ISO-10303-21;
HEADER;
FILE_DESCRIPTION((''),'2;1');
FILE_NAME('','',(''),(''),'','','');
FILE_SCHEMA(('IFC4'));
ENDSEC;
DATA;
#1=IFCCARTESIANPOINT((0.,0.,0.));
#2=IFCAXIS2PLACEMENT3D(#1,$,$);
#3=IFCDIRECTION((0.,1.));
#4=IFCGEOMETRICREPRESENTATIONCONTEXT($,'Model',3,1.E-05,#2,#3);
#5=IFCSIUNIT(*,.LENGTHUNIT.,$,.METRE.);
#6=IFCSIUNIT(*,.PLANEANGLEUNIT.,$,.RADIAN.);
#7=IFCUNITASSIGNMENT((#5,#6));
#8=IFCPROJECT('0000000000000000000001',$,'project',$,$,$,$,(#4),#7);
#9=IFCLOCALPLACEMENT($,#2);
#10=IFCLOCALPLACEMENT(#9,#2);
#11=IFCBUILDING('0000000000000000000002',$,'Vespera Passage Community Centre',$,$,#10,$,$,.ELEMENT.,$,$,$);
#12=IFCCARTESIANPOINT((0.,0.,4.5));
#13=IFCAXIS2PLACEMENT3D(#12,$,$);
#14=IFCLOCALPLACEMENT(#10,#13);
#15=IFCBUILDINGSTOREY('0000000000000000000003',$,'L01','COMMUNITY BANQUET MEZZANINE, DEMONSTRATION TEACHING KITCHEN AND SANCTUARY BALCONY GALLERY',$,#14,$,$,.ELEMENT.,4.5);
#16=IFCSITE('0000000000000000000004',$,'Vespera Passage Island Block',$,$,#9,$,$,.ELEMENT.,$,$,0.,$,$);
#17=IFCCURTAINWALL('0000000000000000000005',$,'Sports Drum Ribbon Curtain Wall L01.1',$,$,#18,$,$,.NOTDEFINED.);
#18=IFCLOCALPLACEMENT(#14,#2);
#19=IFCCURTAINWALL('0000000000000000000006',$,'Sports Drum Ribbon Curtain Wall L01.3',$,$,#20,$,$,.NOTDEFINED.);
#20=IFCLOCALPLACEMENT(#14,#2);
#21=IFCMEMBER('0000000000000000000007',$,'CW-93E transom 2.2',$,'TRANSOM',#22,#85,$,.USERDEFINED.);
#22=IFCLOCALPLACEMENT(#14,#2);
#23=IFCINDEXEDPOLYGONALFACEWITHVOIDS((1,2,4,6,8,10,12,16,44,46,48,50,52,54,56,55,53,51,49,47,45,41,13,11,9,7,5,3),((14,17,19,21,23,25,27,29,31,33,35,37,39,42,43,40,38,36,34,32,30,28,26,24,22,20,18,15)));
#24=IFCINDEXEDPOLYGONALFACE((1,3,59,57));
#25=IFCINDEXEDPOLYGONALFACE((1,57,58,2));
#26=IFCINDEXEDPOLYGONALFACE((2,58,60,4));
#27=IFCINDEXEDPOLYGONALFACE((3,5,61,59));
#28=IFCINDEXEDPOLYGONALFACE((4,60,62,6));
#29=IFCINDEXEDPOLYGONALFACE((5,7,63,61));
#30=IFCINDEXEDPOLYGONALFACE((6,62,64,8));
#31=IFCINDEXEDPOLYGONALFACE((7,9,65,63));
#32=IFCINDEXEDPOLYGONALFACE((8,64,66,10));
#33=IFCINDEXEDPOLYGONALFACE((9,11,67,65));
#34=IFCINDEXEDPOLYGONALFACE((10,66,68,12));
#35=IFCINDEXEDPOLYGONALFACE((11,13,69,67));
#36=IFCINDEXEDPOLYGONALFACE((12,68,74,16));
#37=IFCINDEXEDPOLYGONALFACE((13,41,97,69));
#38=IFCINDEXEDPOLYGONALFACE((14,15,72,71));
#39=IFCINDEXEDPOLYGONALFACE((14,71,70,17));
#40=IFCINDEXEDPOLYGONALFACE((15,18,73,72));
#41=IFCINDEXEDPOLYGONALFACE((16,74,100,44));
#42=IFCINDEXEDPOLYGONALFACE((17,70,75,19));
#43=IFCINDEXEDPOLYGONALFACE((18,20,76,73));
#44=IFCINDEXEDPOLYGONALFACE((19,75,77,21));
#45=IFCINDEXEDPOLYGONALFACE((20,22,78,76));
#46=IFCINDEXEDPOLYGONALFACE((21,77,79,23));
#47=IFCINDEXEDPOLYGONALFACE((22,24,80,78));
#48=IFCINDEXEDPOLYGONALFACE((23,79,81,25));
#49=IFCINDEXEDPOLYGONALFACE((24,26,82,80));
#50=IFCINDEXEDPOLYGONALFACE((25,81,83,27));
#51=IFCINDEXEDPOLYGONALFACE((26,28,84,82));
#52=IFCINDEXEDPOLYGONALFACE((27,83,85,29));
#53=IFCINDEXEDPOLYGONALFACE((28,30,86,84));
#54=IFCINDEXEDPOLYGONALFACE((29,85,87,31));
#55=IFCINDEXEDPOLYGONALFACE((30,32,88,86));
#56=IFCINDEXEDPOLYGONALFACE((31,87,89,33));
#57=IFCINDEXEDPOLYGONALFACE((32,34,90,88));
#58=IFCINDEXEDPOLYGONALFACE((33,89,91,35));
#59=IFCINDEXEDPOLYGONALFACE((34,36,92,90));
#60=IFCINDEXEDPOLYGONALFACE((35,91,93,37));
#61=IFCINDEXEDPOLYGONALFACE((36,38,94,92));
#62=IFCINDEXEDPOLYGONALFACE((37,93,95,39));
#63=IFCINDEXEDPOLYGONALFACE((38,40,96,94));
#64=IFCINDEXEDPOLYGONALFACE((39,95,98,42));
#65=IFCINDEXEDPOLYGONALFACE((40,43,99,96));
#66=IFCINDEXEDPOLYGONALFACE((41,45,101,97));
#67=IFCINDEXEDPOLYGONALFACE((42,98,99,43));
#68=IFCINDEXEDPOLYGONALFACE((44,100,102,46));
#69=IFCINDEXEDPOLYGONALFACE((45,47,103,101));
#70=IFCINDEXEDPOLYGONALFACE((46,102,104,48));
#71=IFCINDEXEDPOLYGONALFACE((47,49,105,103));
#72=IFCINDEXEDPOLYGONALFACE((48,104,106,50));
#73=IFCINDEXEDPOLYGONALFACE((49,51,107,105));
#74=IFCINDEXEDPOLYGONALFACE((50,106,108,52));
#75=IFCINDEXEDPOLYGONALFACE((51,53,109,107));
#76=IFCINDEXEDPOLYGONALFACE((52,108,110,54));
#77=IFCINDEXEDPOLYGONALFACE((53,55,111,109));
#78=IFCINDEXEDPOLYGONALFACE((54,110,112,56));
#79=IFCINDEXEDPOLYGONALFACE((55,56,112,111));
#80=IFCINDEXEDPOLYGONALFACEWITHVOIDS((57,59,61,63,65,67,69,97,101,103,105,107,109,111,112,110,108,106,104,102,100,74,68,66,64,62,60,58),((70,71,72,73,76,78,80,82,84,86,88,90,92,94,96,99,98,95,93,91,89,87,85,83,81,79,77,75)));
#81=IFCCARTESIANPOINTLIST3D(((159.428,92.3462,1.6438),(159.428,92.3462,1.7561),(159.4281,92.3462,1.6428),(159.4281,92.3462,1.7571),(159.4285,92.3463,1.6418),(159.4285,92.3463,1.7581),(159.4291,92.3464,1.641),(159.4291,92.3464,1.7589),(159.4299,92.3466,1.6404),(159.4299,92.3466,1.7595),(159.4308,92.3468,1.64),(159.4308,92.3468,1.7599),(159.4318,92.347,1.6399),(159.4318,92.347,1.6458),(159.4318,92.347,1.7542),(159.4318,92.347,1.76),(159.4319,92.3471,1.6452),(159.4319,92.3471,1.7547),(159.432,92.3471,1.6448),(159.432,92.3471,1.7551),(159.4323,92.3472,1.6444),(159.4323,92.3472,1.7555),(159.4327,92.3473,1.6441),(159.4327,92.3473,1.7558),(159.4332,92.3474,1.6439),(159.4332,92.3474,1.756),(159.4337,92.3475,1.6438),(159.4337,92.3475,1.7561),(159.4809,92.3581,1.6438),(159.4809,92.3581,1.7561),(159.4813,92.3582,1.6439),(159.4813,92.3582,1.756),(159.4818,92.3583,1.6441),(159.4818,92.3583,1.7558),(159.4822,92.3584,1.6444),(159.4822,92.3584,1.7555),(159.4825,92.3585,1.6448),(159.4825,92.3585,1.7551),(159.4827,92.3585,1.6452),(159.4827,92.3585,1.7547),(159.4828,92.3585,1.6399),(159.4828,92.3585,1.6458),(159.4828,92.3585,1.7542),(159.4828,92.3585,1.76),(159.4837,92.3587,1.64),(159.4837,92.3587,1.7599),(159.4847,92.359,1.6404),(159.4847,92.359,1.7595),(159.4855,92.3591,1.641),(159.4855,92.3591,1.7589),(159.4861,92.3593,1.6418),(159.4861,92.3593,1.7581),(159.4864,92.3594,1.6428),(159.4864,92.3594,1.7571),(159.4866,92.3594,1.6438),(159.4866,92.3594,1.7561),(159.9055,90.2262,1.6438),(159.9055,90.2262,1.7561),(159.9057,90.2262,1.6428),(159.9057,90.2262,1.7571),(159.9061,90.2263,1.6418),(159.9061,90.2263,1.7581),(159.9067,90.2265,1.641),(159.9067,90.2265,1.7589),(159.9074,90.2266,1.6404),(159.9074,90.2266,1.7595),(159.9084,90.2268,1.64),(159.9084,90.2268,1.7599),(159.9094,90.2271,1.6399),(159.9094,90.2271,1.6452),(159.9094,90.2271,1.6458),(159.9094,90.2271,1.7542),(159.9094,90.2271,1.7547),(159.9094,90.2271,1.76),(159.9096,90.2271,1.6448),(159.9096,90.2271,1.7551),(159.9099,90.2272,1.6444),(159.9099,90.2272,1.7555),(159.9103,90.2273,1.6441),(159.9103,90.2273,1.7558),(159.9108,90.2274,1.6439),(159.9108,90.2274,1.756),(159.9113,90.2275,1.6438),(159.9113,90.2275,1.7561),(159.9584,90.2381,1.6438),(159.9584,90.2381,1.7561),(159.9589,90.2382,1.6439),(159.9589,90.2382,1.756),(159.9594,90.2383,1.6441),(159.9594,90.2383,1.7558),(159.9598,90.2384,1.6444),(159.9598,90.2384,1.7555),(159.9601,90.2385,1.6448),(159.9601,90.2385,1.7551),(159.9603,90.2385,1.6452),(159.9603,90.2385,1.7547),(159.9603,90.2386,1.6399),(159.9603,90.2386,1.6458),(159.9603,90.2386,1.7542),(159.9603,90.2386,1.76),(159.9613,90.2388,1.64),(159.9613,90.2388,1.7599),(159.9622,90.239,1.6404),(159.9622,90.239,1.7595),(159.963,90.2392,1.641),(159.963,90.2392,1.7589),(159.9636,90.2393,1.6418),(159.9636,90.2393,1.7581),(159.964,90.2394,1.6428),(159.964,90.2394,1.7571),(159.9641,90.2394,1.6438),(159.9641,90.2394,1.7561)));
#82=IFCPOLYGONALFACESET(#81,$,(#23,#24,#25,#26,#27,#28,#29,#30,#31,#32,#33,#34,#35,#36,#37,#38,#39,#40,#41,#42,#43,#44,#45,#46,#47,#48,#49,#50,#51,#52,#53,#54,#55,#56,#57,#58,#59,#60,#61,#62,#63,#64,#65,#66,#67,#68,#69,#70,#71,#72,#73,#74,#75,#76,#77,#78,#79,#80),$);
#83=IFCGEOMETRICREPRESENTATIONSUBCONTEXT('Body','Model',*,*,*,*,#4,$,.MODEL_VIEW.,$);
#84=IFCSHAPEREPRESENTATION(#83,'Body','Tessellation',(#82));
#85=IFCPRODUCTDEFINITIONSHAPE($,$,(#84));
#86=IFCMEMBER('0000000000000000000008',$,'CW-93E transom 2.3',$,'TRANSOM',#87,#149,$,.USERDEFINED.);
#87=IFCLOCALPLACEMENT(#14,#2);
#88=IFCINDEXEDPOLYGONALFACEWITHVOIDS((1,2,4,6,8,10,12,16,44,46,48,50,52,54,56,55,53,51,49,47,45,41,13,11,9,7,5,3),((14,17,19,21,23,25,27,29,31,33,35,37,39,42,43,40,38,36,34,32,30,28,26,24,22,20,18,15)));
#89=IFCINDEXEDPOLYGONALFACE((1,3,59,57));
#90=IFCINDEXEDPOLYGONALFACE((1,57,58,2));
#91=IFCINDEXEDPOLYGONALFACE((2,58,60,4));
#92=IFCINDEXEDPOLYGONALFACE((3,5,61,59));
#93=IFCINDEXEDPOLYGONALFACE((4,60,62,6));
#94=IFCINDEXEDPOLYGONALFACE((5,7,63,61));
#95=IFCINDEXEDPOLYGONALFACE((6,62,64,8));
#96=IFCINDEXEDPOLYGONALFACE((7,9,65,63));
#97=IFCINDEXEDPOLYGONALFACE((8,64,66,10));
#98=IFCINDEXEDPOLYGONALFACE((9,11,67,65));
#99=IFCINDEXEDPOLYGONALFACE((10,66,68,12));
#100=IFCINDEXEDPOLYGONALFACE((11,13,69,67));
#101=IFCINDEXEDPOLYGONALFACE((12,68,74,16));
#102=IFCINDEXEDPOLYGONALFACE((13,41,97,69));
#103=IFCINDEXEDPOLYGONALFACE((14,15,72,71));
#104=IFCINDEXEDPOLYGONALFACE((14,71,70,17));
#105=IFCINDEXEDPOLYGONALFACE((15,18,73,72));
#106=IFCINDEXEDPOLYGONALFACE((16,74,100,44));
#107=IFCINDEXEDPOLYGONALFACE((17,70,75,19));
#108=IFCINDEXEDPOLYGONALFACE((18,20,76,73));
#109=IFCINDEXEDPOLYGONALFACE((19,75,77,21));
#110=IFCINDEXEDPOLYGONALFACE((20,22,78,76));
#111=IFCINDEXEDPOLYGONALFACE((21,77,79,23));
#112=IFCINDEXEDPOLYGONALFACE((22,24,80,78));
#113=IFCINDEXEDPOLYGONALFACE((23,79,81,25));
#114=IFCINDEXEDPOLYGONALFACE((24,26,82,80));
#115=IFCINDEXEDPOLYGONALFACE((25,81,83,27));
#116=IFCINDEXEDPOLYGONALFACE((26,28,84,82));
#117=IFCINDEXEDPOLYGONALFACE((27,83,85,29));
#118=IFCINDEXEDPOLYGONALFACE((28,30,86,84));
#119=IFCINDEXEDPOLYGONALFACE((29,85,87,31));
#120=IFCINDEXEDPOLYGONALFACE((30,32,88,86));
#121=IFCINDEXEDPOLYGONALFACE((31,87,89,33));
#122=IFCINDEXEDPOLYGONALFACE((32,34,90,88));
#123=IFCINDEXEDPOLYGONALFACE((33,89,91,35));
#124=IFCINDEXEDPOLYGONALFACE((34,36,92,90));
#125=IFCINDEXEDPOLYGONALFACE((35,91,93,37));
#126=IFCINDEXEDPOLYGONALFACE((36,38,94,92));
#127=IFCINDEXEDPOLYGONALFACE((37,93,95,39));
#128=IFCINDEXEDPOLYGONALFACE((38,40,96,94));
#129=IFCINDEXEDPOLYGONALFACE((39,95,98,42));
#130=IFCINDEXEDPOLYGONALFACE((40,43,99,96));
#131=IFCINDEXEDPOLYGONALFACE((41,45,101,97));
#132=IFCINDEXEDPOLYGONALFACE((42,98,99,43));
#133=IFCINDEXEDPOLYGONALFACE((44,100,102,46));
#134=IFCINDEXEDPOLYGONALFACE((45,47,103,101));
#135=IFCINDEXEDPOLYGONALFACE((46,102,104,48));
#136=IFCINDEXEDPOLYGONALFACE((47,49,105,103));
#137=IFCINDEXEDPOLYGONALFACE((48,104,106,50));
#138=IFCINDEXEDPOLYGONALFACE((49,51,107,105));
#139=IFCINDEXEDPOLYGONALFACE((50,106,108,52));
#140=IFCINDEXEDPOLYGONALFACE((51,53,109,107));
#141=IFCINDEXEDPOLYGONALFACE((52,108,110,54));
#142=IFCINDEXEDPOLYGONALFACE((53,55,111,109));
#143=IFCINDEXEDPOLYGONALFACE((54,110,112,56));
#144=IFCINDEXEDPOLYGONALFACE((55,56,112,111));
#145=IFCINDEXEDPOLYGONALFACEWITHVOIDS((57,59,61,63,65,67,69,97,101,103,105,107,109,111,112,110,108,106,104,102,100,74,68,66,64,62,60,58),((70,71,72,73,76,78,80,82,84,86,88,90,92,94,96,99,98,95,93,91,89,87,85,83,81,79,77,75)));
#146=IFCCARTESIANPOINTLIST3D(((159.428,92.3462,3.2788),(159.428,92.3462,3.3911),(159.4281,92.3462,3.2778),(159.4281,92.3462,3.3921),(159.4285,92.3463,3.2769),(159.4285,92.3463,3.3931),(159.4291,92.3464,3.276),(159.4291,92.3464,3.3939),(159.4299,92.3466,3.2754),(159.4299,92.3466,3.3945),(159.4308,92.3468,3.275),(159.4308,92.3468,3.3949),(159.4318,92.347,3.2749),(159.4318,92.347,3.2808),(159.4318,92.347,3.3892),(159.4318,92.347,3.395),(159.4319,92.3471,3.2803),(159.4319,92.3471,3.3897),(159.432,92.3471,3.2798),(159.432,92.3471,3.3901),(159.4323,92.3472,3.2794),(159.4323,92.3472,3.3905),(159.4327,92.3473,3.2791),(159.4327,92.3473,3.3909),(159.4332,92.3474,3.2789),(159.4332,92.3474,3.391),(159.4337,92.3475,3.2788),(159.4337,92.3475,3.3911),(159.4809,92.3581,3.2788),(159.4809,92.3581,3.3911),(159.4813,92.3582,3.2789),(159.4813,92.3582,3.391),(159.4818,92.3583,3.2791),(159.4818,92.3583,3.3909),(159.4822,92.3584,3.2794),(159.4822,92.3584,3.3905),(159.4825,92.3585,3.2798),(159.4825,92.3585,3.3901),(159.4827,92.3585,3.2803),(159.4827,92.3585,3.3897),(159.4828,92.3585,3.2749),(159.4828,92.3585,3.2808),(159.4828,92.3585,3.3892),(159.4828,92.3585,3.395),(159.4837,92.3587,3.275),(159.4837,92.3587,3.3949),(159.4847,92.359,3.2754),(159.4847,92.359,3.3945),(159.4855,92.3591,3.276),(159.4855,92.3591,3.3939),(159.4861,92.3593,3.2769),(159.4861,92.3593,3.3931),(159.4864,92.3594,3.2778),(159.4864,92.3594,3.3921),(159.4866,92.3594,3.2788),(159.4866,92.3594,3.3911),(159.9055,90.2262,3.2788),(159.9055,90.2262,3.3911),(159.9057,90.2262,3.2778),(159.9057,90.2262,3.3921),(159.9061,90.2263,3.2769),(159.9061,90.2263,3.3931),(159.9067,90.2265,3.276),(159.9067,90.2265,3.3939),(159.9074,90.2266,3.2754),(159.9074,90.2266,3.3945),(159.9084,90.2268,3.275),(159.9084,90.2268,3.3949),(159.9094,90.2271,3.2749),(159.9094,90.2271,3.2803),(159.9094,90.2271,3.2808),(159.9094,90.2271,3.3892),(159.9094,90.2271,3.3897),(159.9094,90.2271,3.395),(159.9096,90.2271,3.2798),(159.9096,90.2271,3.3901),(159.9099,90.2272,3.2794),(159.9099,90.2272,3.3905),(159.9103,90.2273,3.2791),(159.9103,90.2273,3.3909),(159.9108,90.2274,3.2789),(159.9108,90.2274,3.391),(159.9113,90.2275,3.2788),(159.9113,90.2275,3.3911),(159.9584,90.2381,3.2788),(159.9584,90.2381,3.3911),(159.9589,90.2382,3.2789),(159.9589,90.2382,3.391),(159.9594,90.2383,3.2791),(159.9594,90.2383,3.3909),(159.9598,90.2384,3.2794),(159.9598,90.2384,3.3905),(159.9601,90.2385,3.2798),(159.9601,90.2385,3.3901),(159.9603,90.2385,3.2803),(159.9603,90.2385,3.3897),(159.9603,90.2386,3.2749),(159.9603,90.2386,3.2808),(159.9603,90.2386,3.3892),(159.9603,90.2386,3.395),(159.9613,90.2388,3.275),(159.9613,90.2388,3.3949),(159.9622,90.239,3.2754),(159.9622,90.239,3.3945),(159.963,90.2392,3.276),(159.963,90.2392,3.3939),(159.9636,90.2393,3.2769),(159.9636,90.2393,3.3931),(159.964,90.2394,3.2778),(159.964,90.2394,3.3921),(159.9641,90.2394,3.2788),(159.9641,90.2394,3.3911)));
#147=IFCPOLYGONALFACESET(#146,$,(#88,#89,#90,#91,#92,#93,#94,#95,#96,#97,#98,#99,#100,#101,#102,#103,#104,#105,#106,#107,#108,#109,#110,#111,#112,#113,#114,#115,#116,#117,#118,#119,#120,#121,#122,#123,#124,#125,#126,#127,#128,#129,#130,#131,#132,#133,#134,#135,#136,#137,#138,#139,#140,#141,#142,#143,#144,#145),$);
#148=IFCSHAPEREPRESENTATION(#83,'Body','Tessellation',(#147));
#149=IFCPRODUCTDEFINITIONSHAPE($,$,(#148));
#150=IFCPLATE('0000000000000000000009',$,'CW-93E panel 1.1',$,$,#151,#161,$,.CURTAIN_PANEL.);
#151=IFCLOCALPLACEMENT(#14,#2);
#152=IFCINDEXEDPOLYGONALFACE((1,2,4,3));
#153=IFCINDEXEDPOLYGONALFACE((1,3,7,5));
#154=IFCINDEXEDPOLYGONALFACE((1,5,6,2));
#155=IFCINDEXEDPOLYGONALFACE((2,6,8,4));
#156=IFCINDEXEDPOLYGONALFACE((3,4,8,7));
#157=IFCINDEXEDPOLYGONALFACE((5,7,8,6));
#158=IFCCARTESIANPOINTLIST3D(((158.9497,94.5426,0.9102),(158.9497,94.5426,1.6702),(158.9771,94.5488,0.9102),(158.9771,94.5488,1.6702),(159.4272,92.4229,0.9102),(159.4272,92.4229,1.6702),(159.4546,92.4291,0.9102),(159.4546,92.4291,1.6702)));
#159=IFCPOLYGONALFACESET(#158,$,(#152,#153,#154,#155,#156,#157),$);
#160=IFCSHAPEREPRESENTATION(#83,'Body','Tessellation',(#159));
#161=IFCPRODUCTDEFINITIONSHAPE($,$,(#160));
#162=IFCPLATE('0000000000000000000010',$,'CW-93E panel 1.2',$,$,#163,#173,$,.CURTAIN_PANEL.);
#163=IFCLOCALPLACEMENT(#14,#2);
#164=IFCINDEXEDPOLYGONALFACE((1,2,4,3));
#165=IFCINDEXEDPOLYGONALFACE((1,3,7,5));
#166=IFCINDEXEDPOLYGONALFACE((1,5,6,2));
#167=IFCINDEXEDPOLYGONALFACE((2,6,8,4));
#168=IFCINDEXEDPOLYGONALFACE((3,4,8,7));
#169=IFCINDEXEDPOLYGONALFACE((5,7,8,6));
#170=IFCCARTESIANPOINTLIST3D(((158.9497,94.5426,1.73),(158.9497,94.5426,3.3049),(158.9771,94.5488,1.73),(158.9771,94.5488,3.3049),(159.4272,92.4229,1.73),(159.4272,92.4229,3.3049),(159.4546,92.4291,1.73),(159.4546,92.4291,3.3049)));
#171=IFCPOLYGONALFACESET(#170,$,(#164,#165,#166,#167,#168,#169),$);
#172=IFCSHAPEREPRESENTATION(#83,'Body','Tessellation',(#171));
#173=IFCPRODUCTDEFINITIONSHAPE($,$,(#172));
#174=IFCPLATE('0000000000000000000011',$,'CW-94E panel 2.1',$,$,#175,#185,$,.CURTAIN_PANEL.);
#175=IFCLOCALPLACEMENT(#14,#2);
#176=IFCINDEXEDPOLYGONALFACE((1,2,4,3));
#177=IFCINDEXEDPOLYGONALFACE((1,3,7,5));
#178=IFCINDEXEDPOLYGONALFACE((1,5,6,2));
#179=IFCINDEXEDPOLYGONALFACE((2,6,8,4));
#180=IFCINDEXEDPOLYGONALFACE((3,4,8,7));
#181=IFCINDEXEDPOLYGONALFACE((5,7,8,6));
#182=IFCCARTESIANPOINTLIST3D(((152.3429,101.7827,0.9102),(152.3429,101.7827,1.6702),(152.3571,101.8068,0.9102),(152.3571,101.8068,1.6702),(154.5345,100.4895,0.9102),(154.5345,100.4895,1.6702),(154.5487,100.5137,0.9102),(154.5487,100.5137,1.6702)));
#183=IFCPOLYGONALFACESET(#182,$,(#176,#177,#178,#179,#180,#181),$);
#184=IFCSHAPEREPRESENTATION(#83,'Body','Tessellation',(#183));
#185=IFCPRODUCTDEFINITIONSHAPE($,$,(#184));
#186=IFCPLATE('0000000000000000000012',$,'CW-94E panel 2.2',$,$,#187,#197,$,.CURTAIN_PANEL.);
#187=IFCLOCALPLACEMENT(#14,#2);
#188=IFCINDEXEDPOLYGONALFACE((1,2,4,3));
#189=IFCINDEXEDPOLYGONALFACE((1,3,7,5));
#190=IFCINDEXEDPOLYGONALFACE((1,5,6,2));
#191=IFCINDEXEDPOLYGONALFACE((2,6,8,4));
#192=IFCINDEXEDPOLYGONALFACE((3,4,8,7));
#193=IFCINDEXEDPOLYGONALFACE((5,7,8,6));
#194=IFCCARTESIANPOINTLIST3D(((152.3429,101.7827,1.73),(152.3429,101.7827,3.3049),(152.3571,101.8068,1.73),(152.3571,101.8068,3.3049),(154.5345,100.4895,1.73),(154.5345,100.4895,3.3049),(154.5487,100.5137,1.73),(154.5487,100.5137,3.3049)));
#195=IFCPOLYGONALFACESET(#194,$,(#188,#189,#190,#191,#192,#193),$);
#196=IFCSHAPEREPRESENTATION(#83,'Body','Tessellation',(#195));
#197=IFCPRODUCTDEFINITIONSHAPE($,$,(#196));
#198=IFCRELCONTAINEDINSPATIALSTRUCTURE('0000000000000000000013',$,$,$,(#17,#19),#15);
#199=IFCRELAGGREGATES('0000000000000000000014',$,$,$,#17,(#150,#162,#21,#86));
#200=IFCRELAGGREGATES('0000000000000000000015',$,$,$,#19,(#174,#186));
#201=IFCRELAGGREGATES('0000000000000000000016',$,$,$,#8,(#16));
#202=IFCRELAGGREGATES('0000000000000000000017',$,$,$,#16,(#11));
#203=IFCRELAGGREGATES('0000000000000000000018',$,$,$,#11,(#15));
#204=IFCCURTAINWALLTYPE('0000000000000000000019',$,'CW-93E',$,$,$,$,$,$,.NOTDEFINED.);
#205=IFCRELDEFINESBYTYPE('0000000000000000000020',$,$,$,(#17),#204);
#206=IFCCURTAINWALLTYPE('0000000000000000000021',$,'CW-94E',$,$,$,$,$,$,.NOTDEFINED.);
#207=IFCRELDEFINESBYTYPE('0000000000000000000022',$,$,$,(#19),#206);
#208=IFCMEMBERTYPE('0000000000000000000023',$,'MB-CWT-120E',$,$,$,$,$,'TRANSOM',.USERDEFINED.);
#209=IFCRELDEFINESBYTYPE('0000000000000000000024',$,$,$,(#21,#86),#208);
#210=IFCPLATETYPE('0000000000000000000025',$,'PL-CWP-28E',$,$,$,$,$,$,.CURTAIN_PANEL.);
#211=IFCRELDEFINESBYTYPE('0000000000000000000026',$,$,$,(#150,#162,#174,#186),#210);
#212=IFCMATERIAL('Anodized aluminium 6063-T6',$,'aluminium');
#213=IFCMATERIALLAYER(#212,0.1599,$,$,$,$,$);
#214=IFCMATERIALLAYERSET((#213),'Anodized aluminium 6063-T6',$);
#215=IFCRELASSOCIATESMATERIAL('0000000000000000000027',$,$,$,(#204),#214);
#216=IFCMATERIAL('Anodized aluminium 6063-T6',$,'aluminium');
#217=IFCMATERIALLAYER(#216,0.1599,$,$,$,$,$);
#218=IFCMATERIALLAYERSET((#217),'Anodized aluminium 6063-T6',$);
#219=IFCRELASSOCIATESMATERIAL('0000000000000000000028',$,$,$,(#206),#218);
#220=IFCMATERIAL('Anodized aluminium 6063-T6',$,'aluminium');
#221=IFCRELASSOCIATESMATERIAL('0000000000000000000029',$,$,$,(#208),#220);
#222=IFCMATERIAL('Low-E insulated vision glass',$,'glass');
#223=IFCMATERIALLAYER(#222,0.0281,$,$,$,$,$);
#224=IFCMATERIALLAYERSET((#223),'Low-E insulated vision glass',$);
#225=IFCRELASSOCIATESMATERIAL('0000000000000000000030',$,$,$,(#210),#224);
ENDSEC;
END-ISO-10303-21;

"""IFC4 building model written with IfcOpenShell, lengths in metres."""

from ifc_helpers import new_model, si_unit, direction, frame, origin, origin_2d, place, context, subcontext, project, spatial, rectangle, hollow_rectangle, extrude, material, layer, layer_set, material_profile, profile_set, type_object, element, aggregate, save


model = new_model("IFC4")

# Units and contexts
model_context = context("Model", 3, precision=1e-05, world=origin(), true_north=direction((0.0, 1.0)))
body_context = subcontext(model_context, "Body", "Model", "MODEL_VIEW")
ifc_project = project(units=[si_unit("LENGTHUNIT", "METRE"), si_unit("PLANEANGLEUNIT", "RADIAN")], contexts=[model_context])

# Site, building, storey
site_placement = place(None, origin())
site = spatial("IfcSite", under=ifc_project, at=site_placement, Name="Vespera Passage Island Block", CompositionType="ELEMENT", RefElevation=0.0)
building_placement = place(site_placement, origin())
building = spatial("IfcBuilding", under=site, at=building_placement, Name="Vespera Passage Community Centre", CompositionType="ELEMENT")
storey_placement = place(building_placement, frame((0.0, 0.0, 4.5)))
storey = spatial("IfcBuildingStorey", under=building, at=storey_placement, Name="L01", Description="COMMUNITY BANQUET MEZZANINE, DEMONSTRATION TEACHING KITCHEN AND SANCTUARY BALCONY GALLERY", CompositionType="ELEMENT", Elevation=4.5)

# Curtain wall
ifc_material_1 = material(Name="Anodized aluminium 6063-T6", Category="aluminium")
ifc_layer_1 = layer(ifc_material_1, 0.1599)
ifc_layer_set_1 = layer_set([ifc_layer_1], Name="Anodized aluminium 6063-T6")
curtain_wall_type_1 = type_object("IfcCurtainWallType", Name="CW-93E", PredefinedType="NOTDEFINED", material=ifc_layer_set_1)
curtain_wall_1_placement = place(storey_placement, origin())
curtain_wall_1 = element("IfcCurtainWall", 1, at=curtain_wall_1_placement, inside=storey, type_object=curtain_wall_type_1, Name="Sports Drum Ribbon Curtain Wall L01.1", PredefinedType="NOTDEFINED")

# Curtain wall
ifc_material_2 = material(Name="Anodized aluminium 6063-T6", Category="aluminium")
ifc_layer_2 = layer(ifc_material_2, 0.1599)
ifc_layer_set_2 = layer_set([ifc_layer_2], Name="Anodized aluminium 6063-T6")
curtain_wall_type_2 = type_object("IfcCurtainWallType", Name="CW-94E", PredefinedType="NOTDEFINED", material=ifc_layer_set_2)
curtain_wall_2_placement = place(storey_placement, origin())
curtain_wall_2 = element("IfcCurtainWall", 2, at=curtain_wall_2_placement, inside=storey, type_object=curtain_wall_type_2, Name="Sports Drum Ribbon Curtain Wall L01.3", PredefinedType="NOTDEFINED")

# Members
ifc_material_3 = material(Name="Anodized aluminium 6063-T6", Category="aluminium")
ifc_material_profile_1 = material_profile(ifc_material_3, hollow_rectangle(XDim=0.0601, YDim=0.1201, WallThickness=0.0039, InnerFilletRadius=0.002, OuterFilletRadius=0.0039, at=origin_2d()), Name="ALU120X60X4")
ifc_profile_set_1 = profile_set([ifc_material_profile_1], Name="Anodized aluminium 6063-T6")
member_type_1 = type_object("IfcMemberType", Name="MB-CWT-120E", ElementType="TRANSOM", PredefinedType="USERDEFINED", material=ifc_profile_set_1)
member_1_placement = place(storey_placement, frame((159.4573, 92.3528, 1.7), z_axis=(0.219761, -0.975554, 0.0), x_axis=(0.975554, 0.219761, 0.0)))
member_1 = element("IfcMember", 3, at=member_1_placement, type_object=member_type_1, Name="CW-93E transom 2.2", ObjectType="TRANSOM", PredefinedType="USERDEFINED", context=body_context, shape_type="SweptSolid", body=[
    extrude(hollow_rectangle(XDim=0.0601, YDim=0.1201, WallThickness=0.0039, InnerFilletRadius=0.002, OuterFilletRadius=0.0039, at=origin_2d()), origin(), (0.0, 0.0, 1.0), 2.1731),
])
member_2_placement = place(storey_placement, frame((159.4573, 92.3528, 3.335), z_axis=(0.219761, -0.975554, 0.0), x_axis=(0.975554, 0.219761, 0.0)))
member_2 = element("IfcMember", 4, at=member_2_placement, type_object=member_type_1, Name="CW-93E transom 2.3", ObjectType="TRANSOM", PredefinedType="USERDEFINED", context=body_context, shape_type="SweptSolid", body=[
    extrude(hollow_rectangle(XDim=0.0601, YDim=0.1201, WallThickness=0.0039, InnerFilletRadius=0.002, OuterFilletRadius=0.0039, at=origin_2d()), origin(), (0.0, 0.0, 1.0), 2.1731),
])

# Plates
ifc_material_4 = material(Name="Low-E insulated vision glass", Category="glass")
ifc_layer_3 = layer(ifc_material_4, 0.0281)
ifc_layer_set_3 = layer_set([ifc_layer_3], Name="Low-E insulated vision glass")
plate_type = type_object("IfcPlateType", Name="PL-CWP-28E", PredefinedType="CURTAIN_PANEL", material=ifc_layer_set_3)
plate_1_placement = place(storey_placement, frame((159.2021, 93.4858, 0.9102), z_axis=(0.0, 0.0, 1.0), x_axis=(0.219763, -0.975553, 0.0)))
plate_1 = element("IfcPlate", 5, at=plate_1_placement, type_object=plate_type, Name="CW-93E panel 1.1", PredefinedType="CURTAIN_PANEL", context=body_context, shape_type="SweptSolid", body=[
    extrude(rectangle(XDim=2.1729, YDim=0.0281, at=origin_2d()), origin(), (0.0, 0.0, 1.0), 0.76),
])
plate_2_placement = place(storey_placement, frame((159.2021, 93.4858, 1.73), z_axis=(0.0, 0.0, 1.0), x_axis=(0.219763, -0.975553, 0.0)))
plate_2 = element("IfcPlate", 6, at=plate_2_placement, type_object=plate_type, Name="CW-93E panel 1.2", PredefinedType="CURTAIN_PANEL", context=body_context, shape_type="SweptSolid", body=[
    extrude(rectangle(XDim=2.1729, YDim=0.0281, at=origin_2d()), origin(), (0.0, 0.0, 1.0), 1.575),
])
aggregate(curtain_wall_1, [plate_1, plate_2, member_1, member_2])
plate_3_placement = place(storey_placement, frame((153.4458, 101.1482, 0.9102), z_axis=(0.0, 0.0, 1.0), x_axis=(0.861257, -0.50817, 0.0)))
plate_3 = element("IfcPlate", 7, at=plate_3_placement, type_object=plate_type, Name="CW-94E panel 2.1", PredefinedType="CURTAIN_PANEL", context=body_context, shape_type="SweptSolid", body=[
    extrude(rectangle(XDim=2.5447, YDim=0.0281, at=origin_2d()), origin(), (0.0, 0.0, 1.0), 0.76),
])
plate_4_placement = place(storey_placement, frame((153.4458, 101.1482, 1.73), z_axis=(0.0, 0.0, 1.0), x_axis=(0.861257, -0.50817, 0.0)))
plate_4 = element("IfcPlate", 8, at=plate_4_placement, type_object=plate_type, Name="CW-94E panel 2.2", PredefinedType="CURTAIN_PANEL", context=body_context, shape_type="SweptSolid", body=[
    extrude(rectangle(XDim=2.5447, YDim=0.0281, at=origin_2d()), origin(), (0.0, 0.0, 1.0), 1.575),
])
aggregate(curtain_wall_2, [plate_3, plate_4])

save(model, "model.ifc")
